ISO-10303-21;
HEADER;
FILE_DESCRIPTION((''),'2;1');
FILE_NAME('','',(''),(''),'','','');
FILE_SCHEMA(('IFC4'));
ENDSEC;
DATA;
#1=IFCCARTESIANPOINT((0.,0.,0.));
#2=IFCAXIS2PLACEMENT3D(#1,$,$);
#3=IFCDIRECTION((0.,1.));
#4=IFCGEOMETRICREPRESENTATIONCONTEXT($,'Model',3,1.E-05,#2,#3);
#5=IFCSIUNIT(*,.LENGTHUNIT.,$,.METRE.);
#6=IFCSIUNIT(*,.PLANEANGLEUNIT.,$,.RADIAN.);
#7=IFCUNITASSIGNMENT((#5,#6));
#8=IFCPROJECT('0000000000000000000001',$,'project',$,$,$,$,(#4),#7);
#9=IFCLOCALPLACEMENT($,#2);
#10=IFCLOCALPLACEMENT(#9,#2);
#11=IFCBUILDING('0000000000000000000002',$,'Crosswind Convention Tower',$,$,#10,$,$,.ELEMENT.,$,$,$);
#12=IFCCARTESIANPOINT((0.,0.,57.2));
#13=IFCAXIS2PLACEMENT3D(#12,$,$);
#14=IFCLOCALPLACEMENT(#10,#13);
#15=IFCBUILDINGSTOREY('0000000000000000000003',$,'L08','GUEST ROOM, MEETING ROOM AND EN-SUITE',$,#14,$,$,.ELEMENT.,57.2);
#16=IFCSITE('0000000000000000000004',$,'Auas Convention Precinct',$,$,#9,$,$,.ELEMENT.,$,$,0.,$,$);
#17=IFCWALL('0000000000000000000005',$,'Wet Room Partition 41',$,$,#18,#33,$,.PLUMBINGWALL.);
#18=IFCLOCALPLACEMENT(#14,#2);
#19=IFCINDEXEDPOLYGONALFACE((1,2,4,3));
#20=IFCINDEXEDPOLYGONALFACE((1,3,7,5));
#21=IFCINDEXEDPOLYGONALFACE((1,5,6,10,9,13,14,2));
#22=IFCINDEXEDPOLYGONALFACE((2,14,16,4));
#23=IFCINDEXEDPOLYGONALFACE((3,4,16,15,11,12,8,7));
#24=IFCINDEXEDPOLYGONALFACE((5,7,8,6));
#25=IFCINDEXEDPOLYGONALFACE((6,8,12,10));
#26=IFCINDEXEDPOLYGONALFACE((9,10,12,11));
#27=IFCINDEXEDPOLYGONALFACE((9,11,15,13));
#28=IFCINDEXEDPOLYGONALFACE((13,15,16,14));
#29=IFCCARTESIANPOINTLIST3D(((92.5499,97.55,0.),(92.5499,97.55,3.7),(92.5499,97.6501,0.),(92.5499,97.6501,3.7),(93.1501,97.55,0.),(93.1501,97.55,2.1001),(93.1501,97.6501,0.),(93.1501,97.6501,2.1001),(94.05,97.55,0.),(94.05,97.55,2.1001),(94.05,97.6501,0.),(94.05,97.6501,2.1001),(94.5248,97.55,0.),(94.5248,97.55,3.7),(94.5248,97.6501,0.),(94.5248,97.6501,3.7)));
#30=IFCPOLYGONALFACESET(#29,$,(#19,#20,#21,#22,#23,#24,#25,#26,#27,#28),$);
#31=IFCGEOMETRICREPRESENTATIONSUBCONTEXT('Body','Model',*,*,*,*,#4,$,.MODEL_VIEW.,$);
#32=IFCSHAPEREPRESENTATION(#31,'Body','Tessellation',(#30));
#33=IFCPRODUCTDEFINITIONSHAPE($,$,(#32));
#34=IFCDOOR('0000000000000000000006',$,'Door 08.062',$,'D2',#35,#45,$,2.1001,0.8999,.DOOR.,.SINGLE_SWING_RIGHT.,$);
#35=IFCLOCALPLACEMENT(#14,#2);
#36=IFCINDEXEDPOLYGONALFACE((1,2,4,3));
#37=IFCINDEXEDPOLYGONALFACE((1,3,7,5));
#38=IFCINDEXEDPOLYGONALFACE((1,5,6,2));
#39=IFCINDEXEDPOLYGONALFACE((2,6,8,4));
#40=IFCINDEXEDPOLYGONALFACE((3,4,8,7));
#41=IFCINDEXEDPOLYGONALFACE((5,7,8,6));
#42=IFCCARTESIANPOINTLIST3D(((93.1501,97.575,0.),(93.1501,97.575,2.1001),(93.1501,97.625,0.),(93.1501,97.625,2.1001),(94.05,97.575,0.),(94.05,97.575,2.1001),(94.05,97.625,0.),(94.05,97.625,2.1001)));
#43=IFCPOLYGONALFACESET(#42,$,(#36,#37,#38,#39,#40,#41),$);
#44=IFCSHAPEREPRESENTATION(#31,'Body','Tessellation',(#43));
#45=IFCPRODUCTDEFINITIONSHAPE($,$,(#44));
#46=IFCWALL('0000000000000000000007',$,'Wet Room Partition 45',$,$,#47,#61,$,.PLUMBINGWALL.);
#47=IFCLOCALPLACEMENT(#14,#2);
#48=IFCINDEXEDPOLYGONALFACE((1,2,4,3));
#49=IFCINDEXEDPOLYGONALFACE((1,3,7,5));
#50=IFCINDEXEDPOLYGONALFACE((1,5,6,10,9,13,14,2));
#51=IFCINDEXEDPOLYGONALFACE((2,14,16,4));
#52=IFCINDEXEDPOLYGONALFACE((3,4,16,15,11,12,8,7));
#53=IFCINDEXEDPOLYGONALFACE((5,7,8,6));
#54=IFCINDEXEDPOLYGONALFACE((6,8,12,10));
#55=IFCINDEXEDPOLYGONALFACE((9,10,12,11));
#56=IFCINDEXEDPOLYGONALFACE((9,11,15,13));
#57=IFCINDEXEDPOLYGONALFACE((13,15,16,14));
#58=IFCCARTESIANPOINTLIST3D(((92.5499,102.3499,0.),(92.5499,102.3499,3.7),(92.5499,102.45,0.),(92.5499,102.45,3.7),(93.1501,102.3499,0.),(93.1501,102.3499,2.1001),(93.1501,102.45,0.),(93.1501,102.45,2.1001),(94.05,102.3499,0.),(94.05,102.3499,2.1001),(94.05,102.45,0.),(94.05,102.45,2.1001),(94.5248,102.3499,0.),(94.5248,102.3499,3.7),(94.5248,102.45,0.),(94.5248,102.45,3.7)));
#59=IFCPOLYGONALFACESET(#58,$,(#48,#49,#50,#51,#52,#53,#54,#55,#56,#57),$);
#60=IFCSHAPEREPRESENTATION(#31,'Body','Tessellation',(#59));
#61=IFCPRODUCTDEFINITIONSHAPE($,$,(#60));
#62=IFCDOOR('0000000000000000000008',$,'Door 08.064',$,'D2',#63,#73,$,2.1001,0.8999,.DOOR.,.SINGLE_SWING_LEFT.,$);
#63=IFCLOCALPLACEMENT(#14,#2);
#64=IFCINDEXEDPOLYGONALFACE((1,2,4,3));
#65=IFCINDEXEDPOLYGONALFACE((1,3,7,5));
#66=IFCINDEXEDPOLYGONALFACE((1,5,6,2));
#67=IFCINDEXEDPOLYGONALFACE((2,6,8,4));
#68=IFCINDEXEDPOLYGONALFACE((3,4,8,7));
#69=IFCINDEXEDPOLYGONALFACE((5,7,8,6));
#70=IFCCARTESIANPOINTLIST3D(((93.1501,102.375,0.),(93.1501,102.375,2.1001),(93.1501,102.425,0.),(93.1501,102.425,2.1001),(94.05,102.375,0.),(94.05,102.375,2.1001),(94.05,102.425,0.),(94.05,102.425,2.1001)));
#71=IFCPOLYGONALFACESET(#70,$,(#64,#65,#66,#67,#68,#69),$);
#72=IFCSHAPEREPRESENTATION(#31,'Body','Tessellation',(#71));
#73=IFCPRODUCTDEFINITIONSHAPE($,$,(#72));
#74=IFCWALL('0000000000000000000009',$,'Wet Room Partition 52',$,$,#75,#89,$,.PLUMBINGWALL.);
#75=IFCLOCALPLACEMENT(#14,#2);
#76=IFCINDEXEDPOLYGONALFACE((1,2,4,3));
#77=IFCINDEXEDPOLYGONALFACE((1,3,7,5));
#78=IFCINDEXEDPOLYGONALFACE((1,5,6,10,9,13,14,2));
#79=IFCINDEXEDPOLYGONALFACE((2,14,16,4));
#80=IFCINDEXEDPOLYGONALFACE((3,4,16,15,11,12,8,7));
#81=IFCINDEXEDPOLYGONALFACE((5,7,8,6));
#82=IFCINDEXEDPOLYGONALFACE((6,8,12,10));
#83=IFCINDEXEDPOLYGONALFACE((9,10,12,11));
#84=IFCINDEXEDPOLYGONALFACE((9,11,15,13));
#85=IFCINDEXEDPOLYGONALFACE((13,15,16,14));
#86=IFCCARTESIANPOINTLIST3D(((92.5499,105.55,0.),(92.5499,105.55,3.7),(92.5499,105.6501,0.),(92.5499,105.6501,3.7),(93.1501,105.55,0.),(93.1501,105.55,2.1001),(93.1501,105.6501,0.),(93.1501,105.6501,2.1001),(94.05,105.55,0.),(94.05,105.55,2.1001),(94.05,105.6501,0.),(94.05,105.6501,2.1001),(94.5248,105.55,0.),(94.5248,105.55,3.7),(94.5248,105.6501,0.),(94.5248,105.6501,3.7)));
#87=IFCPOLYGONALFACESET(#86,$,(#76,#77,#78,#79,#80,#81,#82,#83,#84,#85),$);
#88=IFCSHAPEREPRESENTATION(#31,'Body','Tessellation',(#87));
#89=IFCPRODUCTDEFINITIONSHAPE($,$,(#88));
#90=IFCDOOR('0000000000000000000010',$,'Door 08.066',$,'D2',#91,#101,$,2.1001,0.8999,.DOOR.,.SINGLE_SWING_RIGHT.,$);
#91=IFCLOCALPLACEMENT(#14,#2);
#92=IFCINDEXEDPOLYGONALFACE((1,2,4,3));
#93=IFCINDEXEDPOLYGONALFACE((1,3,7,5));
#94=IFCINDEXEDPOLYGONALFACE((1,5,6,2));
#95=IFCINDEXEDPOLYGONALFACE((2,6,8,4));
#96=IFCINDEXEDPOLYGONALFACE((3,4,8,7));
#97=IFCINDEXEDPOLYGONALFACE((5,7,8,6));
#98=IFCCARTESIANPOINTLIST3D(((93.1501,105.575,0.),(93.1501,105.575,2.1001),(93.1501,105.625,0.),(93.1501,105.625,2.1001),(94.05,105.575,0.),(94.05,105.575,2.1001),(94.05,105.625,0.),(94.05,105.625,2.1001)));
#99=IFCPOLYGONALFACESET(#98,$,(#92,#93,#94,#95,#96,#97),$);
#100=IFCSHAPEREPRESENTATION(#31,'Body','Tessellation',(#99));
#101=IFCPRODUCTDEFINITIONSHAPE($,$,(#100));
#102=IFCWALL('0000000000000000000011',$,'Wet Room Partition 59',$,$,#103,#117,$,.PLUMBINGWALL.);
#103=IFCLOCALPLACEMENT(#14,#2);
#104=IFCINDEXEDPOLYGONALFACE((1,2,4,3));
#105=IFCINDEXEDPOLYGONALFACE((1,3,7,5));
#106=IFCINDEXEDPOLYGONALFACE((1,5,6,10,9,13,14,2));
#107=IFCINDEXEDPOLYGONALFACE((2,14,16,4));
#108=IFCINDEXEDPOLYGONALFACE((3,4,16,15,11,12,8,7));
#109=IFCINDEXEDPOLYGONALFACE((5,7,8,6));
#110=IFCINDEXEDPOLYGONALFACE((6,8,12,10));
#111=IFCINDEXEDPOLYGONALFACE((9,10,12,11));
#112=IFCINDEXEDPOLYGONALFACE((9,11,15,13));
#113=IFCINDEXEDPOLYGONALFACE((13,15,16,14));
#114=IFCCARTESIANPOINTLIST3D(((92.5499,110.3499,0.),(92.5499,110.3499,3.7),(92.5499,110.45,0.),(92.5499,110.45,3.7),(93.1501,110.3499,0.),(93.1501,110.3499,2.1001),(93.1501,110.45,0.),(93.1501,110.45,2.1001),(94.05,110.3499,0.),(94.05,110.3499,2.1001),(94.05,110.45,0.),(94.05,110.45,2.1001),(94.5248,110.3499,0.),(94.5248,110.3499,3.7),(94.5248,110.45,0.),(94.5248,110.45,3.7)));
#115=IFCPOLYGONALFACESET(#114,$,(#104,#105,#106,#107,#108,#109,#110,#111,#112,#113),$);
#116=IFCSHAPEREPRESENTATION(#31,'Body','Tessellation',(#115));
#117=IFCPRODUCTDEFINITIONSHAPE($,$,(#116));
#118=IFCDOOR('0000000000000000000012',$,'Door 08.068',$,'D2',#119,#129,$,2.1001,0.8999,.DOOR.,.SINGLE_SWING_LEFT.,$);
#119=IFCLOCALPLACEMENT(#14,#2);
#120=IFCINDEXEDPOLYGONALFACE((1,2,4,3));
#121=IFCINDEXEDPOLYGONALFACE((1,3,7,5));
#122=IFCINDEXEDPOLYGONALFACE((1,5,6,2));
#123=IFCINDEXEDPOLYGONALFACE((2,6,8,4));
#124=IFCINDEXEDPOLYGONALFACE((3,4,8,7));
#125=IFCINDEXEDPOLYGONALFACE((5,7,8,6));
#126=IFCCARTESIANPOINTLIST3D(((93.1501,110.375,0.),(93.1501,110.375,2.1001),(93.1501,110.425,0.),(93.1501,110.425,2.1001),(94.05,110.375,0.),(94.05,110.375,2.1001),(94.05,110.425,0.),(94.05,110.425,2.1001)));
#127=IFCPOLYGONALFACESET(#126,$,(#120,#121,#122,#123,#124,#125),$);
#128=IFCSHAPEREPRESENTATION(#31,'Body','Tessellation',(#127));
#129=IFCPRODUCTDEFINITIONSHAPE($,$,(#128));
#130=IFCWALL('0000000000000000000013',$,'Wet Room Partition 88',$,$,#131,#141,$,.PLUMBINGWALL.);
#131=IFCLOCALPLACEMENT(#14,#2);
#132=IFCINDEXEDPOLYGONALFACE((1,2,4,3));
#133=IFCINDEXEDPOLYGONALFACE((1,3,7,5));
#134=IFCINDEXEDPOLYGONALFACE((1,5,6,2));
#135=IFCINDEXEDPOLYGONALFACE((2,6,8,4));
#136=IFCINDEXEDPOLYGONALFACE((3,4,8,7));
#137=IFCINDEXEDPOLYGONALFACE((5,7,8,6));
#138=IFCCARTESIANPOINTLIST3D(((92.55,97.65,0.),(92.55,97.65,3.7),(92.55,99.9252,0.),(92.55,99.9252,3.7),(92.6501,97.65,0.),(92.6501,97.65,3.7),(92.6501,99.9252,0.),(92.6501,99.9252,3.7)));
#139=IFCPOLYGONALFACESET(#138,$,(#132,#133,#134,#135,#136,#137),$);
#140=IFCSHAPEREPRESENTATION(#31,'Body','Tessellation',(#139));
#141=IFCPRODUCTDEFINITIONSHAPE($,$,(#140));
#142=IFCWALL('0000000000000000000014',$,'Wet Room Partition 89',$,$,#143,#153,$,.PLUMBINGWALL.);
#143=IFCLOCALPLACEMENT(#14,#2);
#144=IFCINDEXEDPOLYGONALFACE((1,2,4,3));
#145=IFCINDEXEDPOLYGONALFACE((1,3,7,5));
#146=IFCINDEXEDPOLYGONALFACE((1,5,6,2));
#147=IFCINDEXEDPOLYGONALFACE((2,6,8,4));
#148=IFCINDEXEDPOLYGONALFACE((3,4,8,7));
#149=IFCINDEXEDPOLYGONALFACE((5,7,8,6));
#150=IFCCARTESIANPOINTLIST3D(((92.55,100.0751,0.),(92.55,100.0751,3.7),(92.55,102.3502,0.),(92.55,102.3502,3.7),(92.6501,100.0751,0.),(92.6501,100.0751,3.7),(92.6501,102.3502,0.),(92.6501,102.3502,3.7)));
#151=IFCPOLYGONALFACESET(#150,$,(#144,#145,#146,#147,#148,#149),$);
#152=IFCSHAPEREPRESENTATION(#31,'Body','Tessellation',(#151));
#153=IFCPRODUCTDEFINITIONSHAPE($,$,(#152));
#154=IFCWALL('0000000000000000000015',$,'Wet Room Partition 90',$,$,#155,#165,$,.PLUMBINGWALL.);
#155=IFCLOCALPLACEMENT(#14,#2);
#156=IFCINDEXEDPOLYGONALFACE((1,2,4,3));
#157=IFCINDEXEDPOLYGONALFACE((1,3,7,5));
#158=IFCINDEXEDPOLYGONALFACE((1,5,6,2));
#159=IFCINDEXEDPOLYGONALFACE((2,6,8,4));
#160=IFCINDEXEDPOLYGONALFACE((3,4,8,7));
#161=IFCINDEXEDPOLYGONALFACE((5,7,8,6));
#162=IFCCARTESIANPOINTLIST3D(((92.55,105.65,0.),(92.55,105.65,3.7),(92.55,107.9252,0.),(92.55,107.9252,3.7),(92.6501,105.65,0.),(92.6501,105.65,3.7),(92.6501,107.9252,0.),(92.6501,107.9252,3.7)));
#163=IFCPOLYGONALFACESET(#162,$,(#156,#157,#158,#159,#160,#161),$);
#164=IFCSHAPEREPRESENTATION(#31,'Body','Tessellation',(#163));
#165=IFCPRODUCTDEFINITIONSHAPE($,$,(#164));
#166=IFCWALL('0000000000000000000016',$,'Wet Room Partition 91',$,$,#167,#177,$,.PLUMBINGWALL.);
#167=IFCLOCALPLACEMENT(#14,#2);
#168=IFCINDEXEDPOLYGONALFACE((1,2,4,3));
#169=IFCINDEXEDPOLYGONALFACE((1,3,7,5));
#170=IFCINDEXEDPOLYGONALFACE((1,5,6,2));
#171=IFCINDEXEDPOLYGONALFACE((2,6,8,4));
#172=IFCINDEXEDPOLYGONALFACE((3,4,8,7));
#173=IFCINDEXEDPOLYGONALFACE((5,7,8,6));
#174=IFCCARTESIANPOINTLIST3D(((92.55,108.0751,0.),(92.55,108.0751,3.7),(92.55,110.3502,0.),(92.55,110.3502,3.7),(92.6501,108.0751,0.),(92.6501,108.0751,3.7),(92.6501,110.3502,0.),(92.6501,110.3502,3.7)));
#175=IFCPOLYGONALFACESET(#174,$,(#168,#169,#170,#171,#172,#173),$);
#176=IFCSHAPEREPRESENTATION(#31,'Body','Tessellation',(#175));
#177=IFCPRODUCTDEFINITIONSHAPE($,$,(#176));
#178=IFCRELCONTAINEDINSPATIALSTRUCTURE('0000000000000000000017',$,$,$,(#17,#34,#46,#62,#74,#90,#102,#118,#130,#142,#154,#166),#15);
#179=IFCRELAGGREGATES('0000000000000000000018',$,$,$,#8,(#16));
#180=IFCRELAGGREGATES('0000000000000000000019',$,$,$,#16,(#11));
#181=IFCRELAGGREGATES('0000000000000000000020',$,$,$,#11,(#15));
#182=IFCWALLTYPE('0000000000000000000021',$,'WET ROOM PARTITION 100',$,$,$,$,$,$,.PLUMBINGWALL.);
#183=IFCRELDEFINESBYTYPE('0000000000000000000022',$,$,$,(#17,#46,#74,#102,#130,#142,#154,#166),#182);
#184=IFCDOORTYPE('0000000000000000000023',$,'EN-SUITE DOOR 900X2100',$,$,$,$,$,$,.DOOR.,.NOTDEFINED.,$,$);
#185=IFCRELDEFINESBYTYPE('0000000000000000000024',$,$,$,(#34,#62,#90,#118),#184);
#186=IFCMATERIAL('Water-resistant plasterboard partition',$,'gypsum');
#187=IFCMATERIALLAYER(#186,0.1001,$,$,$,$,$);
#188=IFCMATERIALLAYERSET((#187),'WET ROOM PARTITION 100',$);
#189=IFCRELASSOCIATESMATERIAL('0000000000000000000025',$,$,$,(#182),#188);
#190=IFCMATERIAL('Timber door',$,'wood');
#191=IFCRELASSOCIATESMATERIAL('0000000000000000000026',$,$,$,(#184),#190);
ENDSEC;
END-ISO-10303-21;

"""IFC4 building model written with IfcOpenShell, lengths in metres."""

from ifc_helpers import new_model, si_unit, direction, frame, frame_2d, origin, place, context, subcontext, project, spatial, rectangle, extrude, material, layer, layer_set, type_object, element, fill, save


model = new_model("IFC4")

# Units and contexts
model_context = context("Model", 3, precision=1e-05, world=origin(), true_north=direction((0.0, 1.0)))
body_context = subcontext(model_context, "Body", "Model", "MODEL_VIEW")
ifc_project = project(units=[si_unit("LENGTHUNIT", "METRE"), si_unit("PLANEANGLEUNIT", "RADIAN")], contexts=[model_context])

# Site, building, storey
site_placement = place(None, origin())
site = spatial("IfcSite", under=ifc_project, at=site_placement, Name="Auas Convention Precinct", CompositionType="ELEMENT", RefElevation=0.0)
building_placement = place(site_placement, origin())
building = spatial("IfcBuilding", under=site, at=building_placement, Name="Crosswind Convention Tower", CompositionType="ELEMENT")
storey_placement = place(building_placement, frame((0.0, 0.0, 57.2)))
storey = spatial("IfcBuildingStorey", under=building, at=storey_placement, Name="L08", Description="GUEST ROOM, MEETING ROOM AND EN-SUITE", CompositionType="ELEMENT", Elevation=57.2)

# Walls, openings, doors
ifc_material_1 = material(Name="Water-resistant plasterboard partition", Category="gypsum")
ifc_layer_1 = layer(ifc_material_1, 0.1001)
ifc_layer_set_1 = layer_set([ifc_layer_1], Name="WET ROOM PARTITION 100")
wall_type_1 = type_object("IfcWallType", Name="WET ROOM PARTITION 100", PredefinedType="PLUMBINGWALL", material=ifc_layer_set_1)
wall_1_placement = place(storey_placement, frame((92.55, 97.6001, 0.0), z_axis=(0.0, 0.0, 1.0), x_axis=(1.0, 0.0, 0.0)))
wall_1 = element("IfcWall", 1, at=wall_1_placement, inside=storey, type_object=wall_type_1, Name="Wet Room Partition 41", PredefinedType="PLUMBINGWALL", context=body_context, shape_type="SweptSolid", body=[
    extrude(rectangle(XDim=1.9749, YDim=0.1001, at=frame_2d((0.9873, 0.0))), origin(), (0.0, 0.0, 1.0), 3.7),
])
opening_1_placement = place(wall_1_placement, frame((0.6001, 0.0, 0.0)))
opening_1 = element("IfcOpeningElement", 2, at=opening_1_placement, cuts=wall_1, PredefinedType="OPENING", context=body_context, shape_type="SweptSolid", body=[
    extrude(rectangle(XDim=0.8999, YDim=2.1001, at=frame_2d((0.45, 1.05))), frame((0.0, 0.0601, 0.0), z_axis=(0.0, -1.0, 0.0), x_axis=(1.0, 0.0, 0.0)), (0.0, 0.0, 1.0), 0.1201),
])
ifc_material_2 = material(Name="Timber door", Category="wood")
door_type_1 = type_object("IfcDoorType", Name="EN-SUITE DOOR 900X2100", OperationType="NOTDEFINED", PredefinedType="DOOR", material=ifc_material_2)
door_1_placement = place(opening_1_placement, origin())
door_1 = element("IfcDoor", 3, at=door_1_placement, inside=storey, type_object=door_type_1, Name="Door 08.062", ObjectType="D2", OperationType="SINGLE_SWING_RIGHT", OverallHeight=2.1001, OverallWidth=0.8999, PredefinedType="DOOR", context=body_context, shape_type="SweptSolid", body=[
    extrude(rectangle(XDim=0.8999, YDim=2.1001, at=frame_2d((0.45, 1.05))), frame((0.0, 0.0249, 0.0), z_axis=(0.0, -1.0, 0.0), x_axis=(1.0, 0.0, 0.0)), (0.0, 0.0, 1.0), 0.05),
])
fill(opening_1, door_1)
wall_2_placement = place(storey_placement, frame((92.55, 102.3999, 0.0), z_axis=(0.0, 0.0, 1.0), x_axis=(1.0, 0.0, 0.0)))
wall_2 = element("IfcWall", 4, at=wall_2_placement, inside=storey, type_object=wall_type_1, Name="Wet Room Partition 45", PredefinedType="PLUMBINGWALL", context=body_context, shape_type="SweptSolid", body=[
    extrude(rectangle(XDim=1.9749, YDim=0.1001, at=frame_2d((0.9873, 0.0))), origin(), (0.0, 0.0, 1.0), 3.7),
])
opening_2_placement = place(wall_2_placement, frame((0.6001, 0.0, 0.0)))
opening_2 = element("IfcOpeningElement", 5, at=opening_2_placement, cuts=wall_2, PredefinedType="OPENING", context=body_context, shape_type="SweptSolid", body=[
    extrude(rectangle(XDim=0.8999, YDim=2.1001, at=frame_2d((0.45, 1.05))), frame((0.0, 0.0601, 0.0), z_axis=(0.0, -1.0, 0.0), x_axis=(1.0, 0.0, 0.0)), (0.0, 0.0, 1.0), 0.1201),
])
door_2_placement = place(opening_2_placement, frame((0.8999, 0.0, 0.0), z_axis=(0.0, 0.0, 1.0), x_axis=(-1.0, 0.0, 0.0)))
door_2 = element("IfcDoor", 6, at=door_2_placement, inside=storey, type_object=door_type_1, Name="Door 08.064", ObjectType="D2", OperationType="SINGLE_SWING_LEFT", OverallHeight=2.1001, OverallWidth=0.8999, PredefinedType="DOOR", context=body_context, shape_type="SweptSolid", body=[
    extrude(rectangle(XDim=0.8999, YDim=2.1001, at=frame_2d((0.45, 1.05))), frame((0.0, 0.0249, 0.0), z_axis=(0.0, -1.0, 0.0), x_axis=(1.0, 0.0, 0.0)), (0.0, 0.0, 1.0), 0.05),
])
fill(opening_2, door_2)
wall_3_placement = place(storey_placement, frame((92.55, 105.6001, 0.0), z_axis=(0.0, 0.0, 1.0), x_axis=(1.0, 0.0, 0.0)))
wall_3 = element("IfcWall", 7, at=wall_3_placement, inside=storey, type_object=wall_type_1, Name="Wet Room Partition 52", PredefinedType="PLUMBINGWALL", context=body_context, shape_type="SweptSolid", body=[
    extrude(rectangle(XDim=1.9749, YDim=0.1001, at=frame_2d((0.9873, 0.0))), origin(), (0.0, 0.0, 1.0), 3.7),
])
opening_3_placement = place(wall_3_placement, frame((0.6001, 0.0, 0.0)))
opening_3 = element("IfcOpeningElement", 8, at=opening_3_placement, cuts=wall_3, PredefinedType="OPENING", context=body_context, shape_type="SweptSolid", body=[
    extrude(rectangle(XDim=0.8999, YDim=2.1001, at=frame_2d((0.45, 1.05))), frame((0.0, 0.0601, 0.0), z_axis=(0.0, -1.0, 0.0), x_axis=(1.0, 0.0, 0.0)), (0.0, 0.0, 1.0), 0.1201),
])
door_3_placement = place(opening_3_placement, origin())
door_3 = element("IfcDoor", 9, at=door_3_placement, inside=storey, type_object=door_type_1, Name="Door 08.066", ObjectType="D2", OperationType="SINGLE_SWING_RIGHT", OverallHeight=2.1001, OverallWidth=0.8999, PredefinedType="DOOR", context=body_context, shape_type="SweptSolid", body=[
    extrude(rectangle(XDim=0.8999, YDim=2.1001, at=frame_2d((0.45, 1.05))), frame((0.0, 0.0249, 0.0), z_axis=(0.0, -1.0, 0.0), x_axis=(1.0, 0.0, 0.0)), (0.0, 0.0, 1.0), 0.05),
])
fill(opening_3, door_3)
wall_4_placement = place(storey_placement, frame((92.55, 110.3999, 0.0), z_axis=(0.0, 0.0, 1.0), x_axis=(1.0, 0.0, 0.0)))
wall_4 = element("IfcWall", 10, at=wall_4_placement, inside=storey, type_object=wall_type_1, Name="Wet Room Partition 59", PredefinedType="PLUMBINGWALL", context=body_context, shape_type="SweptSolid", body=[
    extrude(rectangle(XDim=1.9749, YDim=0.1001, at=frame_2d((0.9873, 0.0))), origin(), (0.0, 0.0, 1.0), 3.7),
])
opening_4_placement = place(wall_4_placement, frame((0.6001, 0.0, 0.0)))
opening_4 = element("IfcOpeningElement", 11, at=opening_4_placement, cuts=wall_4, PredefinedType="OPENING", context=body_context, shape_type="SweptSolid", body=[
    extrude(rectangle(XDim=0.8999, YDim=2.1001, at=frame_2d((0.45, 1.05))), frame((0.0, 0.0601, 0.0), z_axis=(0.0, -1.0, 0.0), x_axis=(1.0, 0.0, 0.0)), (0.0, 0.0, 1.0), 0.1201),
])
door_4_placement = place(opening_4_placement, frame((0.8999, 0.0, 0.0), z_axis=(0.0, 0.0, 1.0), x_axis=(-1.0, 0.0, 0.0)))
door_4 = element("IfcDoor", 12, at=door_4_placement, inside=storey, type_object=door_type_1, Name="Door 08.068", ObjectType="D2", OperationType="SINGLE_SWING_LEFT", OverallHeight=2.1001, OverallWidth=0.8999, PredefinedType="DOOR", context=body_context, shape_type="SweptSolid", body=[
    extrude(rectangle(XDim=0.8999, YDim=2.1001, at=frame_2d((0.45, 1.05))), frame((0.0, 0.0249, 0.0), z_axis=(0.0, -1.0, 0.0), x_axis=(1.0, 0.0, 0.0)), (0.0, 0.0, 1.0), 0.05),
])
fill(opening_4, door_4)

# Walls
for number, where, z_axis, x_axis, name in (
    (13, (92.6001, 97.6499, 0.0), (0.0, 0.0, 1.0), (0.0, 1.0, 0.0), "Wet Room Partition 88"),
    (14, (92.6001, 100.075, 0.0), (0.0, 0.0, 1.0), (0.0, 1.0, 0.0), "Wet Room Partition 89"),
    (15, (92.6001, 105.6499, 0.0), (0.0, 0.0, 1.0), (0.0, 1.0, 0.0), "Wet Room Partition 90"),
    (16, (92.6001, 108.075, 0.0), (0.0, 0.0, 1.0), (0.0, 1.0, 0.0), "Wet Room Partition 91"),
):
    element("IfcWall", number, at=place(storey_placement, frame(where, z_axis=z_axis, x_axis=x_axis)), inside=storey, type_object=wall_type_1, Name=name, PredefinedType="PLUMBINGWALL", context=body_context, shape_type="SweptSolid", body=[
        extrude(rectangle(XDim=2.2751, YDim=0.1001, at=frame_2d((1.1377, 0.0))), origin(), (0.0, 0.0, 1.0), 3.7),
    ])

save(model, "model.ifc")
